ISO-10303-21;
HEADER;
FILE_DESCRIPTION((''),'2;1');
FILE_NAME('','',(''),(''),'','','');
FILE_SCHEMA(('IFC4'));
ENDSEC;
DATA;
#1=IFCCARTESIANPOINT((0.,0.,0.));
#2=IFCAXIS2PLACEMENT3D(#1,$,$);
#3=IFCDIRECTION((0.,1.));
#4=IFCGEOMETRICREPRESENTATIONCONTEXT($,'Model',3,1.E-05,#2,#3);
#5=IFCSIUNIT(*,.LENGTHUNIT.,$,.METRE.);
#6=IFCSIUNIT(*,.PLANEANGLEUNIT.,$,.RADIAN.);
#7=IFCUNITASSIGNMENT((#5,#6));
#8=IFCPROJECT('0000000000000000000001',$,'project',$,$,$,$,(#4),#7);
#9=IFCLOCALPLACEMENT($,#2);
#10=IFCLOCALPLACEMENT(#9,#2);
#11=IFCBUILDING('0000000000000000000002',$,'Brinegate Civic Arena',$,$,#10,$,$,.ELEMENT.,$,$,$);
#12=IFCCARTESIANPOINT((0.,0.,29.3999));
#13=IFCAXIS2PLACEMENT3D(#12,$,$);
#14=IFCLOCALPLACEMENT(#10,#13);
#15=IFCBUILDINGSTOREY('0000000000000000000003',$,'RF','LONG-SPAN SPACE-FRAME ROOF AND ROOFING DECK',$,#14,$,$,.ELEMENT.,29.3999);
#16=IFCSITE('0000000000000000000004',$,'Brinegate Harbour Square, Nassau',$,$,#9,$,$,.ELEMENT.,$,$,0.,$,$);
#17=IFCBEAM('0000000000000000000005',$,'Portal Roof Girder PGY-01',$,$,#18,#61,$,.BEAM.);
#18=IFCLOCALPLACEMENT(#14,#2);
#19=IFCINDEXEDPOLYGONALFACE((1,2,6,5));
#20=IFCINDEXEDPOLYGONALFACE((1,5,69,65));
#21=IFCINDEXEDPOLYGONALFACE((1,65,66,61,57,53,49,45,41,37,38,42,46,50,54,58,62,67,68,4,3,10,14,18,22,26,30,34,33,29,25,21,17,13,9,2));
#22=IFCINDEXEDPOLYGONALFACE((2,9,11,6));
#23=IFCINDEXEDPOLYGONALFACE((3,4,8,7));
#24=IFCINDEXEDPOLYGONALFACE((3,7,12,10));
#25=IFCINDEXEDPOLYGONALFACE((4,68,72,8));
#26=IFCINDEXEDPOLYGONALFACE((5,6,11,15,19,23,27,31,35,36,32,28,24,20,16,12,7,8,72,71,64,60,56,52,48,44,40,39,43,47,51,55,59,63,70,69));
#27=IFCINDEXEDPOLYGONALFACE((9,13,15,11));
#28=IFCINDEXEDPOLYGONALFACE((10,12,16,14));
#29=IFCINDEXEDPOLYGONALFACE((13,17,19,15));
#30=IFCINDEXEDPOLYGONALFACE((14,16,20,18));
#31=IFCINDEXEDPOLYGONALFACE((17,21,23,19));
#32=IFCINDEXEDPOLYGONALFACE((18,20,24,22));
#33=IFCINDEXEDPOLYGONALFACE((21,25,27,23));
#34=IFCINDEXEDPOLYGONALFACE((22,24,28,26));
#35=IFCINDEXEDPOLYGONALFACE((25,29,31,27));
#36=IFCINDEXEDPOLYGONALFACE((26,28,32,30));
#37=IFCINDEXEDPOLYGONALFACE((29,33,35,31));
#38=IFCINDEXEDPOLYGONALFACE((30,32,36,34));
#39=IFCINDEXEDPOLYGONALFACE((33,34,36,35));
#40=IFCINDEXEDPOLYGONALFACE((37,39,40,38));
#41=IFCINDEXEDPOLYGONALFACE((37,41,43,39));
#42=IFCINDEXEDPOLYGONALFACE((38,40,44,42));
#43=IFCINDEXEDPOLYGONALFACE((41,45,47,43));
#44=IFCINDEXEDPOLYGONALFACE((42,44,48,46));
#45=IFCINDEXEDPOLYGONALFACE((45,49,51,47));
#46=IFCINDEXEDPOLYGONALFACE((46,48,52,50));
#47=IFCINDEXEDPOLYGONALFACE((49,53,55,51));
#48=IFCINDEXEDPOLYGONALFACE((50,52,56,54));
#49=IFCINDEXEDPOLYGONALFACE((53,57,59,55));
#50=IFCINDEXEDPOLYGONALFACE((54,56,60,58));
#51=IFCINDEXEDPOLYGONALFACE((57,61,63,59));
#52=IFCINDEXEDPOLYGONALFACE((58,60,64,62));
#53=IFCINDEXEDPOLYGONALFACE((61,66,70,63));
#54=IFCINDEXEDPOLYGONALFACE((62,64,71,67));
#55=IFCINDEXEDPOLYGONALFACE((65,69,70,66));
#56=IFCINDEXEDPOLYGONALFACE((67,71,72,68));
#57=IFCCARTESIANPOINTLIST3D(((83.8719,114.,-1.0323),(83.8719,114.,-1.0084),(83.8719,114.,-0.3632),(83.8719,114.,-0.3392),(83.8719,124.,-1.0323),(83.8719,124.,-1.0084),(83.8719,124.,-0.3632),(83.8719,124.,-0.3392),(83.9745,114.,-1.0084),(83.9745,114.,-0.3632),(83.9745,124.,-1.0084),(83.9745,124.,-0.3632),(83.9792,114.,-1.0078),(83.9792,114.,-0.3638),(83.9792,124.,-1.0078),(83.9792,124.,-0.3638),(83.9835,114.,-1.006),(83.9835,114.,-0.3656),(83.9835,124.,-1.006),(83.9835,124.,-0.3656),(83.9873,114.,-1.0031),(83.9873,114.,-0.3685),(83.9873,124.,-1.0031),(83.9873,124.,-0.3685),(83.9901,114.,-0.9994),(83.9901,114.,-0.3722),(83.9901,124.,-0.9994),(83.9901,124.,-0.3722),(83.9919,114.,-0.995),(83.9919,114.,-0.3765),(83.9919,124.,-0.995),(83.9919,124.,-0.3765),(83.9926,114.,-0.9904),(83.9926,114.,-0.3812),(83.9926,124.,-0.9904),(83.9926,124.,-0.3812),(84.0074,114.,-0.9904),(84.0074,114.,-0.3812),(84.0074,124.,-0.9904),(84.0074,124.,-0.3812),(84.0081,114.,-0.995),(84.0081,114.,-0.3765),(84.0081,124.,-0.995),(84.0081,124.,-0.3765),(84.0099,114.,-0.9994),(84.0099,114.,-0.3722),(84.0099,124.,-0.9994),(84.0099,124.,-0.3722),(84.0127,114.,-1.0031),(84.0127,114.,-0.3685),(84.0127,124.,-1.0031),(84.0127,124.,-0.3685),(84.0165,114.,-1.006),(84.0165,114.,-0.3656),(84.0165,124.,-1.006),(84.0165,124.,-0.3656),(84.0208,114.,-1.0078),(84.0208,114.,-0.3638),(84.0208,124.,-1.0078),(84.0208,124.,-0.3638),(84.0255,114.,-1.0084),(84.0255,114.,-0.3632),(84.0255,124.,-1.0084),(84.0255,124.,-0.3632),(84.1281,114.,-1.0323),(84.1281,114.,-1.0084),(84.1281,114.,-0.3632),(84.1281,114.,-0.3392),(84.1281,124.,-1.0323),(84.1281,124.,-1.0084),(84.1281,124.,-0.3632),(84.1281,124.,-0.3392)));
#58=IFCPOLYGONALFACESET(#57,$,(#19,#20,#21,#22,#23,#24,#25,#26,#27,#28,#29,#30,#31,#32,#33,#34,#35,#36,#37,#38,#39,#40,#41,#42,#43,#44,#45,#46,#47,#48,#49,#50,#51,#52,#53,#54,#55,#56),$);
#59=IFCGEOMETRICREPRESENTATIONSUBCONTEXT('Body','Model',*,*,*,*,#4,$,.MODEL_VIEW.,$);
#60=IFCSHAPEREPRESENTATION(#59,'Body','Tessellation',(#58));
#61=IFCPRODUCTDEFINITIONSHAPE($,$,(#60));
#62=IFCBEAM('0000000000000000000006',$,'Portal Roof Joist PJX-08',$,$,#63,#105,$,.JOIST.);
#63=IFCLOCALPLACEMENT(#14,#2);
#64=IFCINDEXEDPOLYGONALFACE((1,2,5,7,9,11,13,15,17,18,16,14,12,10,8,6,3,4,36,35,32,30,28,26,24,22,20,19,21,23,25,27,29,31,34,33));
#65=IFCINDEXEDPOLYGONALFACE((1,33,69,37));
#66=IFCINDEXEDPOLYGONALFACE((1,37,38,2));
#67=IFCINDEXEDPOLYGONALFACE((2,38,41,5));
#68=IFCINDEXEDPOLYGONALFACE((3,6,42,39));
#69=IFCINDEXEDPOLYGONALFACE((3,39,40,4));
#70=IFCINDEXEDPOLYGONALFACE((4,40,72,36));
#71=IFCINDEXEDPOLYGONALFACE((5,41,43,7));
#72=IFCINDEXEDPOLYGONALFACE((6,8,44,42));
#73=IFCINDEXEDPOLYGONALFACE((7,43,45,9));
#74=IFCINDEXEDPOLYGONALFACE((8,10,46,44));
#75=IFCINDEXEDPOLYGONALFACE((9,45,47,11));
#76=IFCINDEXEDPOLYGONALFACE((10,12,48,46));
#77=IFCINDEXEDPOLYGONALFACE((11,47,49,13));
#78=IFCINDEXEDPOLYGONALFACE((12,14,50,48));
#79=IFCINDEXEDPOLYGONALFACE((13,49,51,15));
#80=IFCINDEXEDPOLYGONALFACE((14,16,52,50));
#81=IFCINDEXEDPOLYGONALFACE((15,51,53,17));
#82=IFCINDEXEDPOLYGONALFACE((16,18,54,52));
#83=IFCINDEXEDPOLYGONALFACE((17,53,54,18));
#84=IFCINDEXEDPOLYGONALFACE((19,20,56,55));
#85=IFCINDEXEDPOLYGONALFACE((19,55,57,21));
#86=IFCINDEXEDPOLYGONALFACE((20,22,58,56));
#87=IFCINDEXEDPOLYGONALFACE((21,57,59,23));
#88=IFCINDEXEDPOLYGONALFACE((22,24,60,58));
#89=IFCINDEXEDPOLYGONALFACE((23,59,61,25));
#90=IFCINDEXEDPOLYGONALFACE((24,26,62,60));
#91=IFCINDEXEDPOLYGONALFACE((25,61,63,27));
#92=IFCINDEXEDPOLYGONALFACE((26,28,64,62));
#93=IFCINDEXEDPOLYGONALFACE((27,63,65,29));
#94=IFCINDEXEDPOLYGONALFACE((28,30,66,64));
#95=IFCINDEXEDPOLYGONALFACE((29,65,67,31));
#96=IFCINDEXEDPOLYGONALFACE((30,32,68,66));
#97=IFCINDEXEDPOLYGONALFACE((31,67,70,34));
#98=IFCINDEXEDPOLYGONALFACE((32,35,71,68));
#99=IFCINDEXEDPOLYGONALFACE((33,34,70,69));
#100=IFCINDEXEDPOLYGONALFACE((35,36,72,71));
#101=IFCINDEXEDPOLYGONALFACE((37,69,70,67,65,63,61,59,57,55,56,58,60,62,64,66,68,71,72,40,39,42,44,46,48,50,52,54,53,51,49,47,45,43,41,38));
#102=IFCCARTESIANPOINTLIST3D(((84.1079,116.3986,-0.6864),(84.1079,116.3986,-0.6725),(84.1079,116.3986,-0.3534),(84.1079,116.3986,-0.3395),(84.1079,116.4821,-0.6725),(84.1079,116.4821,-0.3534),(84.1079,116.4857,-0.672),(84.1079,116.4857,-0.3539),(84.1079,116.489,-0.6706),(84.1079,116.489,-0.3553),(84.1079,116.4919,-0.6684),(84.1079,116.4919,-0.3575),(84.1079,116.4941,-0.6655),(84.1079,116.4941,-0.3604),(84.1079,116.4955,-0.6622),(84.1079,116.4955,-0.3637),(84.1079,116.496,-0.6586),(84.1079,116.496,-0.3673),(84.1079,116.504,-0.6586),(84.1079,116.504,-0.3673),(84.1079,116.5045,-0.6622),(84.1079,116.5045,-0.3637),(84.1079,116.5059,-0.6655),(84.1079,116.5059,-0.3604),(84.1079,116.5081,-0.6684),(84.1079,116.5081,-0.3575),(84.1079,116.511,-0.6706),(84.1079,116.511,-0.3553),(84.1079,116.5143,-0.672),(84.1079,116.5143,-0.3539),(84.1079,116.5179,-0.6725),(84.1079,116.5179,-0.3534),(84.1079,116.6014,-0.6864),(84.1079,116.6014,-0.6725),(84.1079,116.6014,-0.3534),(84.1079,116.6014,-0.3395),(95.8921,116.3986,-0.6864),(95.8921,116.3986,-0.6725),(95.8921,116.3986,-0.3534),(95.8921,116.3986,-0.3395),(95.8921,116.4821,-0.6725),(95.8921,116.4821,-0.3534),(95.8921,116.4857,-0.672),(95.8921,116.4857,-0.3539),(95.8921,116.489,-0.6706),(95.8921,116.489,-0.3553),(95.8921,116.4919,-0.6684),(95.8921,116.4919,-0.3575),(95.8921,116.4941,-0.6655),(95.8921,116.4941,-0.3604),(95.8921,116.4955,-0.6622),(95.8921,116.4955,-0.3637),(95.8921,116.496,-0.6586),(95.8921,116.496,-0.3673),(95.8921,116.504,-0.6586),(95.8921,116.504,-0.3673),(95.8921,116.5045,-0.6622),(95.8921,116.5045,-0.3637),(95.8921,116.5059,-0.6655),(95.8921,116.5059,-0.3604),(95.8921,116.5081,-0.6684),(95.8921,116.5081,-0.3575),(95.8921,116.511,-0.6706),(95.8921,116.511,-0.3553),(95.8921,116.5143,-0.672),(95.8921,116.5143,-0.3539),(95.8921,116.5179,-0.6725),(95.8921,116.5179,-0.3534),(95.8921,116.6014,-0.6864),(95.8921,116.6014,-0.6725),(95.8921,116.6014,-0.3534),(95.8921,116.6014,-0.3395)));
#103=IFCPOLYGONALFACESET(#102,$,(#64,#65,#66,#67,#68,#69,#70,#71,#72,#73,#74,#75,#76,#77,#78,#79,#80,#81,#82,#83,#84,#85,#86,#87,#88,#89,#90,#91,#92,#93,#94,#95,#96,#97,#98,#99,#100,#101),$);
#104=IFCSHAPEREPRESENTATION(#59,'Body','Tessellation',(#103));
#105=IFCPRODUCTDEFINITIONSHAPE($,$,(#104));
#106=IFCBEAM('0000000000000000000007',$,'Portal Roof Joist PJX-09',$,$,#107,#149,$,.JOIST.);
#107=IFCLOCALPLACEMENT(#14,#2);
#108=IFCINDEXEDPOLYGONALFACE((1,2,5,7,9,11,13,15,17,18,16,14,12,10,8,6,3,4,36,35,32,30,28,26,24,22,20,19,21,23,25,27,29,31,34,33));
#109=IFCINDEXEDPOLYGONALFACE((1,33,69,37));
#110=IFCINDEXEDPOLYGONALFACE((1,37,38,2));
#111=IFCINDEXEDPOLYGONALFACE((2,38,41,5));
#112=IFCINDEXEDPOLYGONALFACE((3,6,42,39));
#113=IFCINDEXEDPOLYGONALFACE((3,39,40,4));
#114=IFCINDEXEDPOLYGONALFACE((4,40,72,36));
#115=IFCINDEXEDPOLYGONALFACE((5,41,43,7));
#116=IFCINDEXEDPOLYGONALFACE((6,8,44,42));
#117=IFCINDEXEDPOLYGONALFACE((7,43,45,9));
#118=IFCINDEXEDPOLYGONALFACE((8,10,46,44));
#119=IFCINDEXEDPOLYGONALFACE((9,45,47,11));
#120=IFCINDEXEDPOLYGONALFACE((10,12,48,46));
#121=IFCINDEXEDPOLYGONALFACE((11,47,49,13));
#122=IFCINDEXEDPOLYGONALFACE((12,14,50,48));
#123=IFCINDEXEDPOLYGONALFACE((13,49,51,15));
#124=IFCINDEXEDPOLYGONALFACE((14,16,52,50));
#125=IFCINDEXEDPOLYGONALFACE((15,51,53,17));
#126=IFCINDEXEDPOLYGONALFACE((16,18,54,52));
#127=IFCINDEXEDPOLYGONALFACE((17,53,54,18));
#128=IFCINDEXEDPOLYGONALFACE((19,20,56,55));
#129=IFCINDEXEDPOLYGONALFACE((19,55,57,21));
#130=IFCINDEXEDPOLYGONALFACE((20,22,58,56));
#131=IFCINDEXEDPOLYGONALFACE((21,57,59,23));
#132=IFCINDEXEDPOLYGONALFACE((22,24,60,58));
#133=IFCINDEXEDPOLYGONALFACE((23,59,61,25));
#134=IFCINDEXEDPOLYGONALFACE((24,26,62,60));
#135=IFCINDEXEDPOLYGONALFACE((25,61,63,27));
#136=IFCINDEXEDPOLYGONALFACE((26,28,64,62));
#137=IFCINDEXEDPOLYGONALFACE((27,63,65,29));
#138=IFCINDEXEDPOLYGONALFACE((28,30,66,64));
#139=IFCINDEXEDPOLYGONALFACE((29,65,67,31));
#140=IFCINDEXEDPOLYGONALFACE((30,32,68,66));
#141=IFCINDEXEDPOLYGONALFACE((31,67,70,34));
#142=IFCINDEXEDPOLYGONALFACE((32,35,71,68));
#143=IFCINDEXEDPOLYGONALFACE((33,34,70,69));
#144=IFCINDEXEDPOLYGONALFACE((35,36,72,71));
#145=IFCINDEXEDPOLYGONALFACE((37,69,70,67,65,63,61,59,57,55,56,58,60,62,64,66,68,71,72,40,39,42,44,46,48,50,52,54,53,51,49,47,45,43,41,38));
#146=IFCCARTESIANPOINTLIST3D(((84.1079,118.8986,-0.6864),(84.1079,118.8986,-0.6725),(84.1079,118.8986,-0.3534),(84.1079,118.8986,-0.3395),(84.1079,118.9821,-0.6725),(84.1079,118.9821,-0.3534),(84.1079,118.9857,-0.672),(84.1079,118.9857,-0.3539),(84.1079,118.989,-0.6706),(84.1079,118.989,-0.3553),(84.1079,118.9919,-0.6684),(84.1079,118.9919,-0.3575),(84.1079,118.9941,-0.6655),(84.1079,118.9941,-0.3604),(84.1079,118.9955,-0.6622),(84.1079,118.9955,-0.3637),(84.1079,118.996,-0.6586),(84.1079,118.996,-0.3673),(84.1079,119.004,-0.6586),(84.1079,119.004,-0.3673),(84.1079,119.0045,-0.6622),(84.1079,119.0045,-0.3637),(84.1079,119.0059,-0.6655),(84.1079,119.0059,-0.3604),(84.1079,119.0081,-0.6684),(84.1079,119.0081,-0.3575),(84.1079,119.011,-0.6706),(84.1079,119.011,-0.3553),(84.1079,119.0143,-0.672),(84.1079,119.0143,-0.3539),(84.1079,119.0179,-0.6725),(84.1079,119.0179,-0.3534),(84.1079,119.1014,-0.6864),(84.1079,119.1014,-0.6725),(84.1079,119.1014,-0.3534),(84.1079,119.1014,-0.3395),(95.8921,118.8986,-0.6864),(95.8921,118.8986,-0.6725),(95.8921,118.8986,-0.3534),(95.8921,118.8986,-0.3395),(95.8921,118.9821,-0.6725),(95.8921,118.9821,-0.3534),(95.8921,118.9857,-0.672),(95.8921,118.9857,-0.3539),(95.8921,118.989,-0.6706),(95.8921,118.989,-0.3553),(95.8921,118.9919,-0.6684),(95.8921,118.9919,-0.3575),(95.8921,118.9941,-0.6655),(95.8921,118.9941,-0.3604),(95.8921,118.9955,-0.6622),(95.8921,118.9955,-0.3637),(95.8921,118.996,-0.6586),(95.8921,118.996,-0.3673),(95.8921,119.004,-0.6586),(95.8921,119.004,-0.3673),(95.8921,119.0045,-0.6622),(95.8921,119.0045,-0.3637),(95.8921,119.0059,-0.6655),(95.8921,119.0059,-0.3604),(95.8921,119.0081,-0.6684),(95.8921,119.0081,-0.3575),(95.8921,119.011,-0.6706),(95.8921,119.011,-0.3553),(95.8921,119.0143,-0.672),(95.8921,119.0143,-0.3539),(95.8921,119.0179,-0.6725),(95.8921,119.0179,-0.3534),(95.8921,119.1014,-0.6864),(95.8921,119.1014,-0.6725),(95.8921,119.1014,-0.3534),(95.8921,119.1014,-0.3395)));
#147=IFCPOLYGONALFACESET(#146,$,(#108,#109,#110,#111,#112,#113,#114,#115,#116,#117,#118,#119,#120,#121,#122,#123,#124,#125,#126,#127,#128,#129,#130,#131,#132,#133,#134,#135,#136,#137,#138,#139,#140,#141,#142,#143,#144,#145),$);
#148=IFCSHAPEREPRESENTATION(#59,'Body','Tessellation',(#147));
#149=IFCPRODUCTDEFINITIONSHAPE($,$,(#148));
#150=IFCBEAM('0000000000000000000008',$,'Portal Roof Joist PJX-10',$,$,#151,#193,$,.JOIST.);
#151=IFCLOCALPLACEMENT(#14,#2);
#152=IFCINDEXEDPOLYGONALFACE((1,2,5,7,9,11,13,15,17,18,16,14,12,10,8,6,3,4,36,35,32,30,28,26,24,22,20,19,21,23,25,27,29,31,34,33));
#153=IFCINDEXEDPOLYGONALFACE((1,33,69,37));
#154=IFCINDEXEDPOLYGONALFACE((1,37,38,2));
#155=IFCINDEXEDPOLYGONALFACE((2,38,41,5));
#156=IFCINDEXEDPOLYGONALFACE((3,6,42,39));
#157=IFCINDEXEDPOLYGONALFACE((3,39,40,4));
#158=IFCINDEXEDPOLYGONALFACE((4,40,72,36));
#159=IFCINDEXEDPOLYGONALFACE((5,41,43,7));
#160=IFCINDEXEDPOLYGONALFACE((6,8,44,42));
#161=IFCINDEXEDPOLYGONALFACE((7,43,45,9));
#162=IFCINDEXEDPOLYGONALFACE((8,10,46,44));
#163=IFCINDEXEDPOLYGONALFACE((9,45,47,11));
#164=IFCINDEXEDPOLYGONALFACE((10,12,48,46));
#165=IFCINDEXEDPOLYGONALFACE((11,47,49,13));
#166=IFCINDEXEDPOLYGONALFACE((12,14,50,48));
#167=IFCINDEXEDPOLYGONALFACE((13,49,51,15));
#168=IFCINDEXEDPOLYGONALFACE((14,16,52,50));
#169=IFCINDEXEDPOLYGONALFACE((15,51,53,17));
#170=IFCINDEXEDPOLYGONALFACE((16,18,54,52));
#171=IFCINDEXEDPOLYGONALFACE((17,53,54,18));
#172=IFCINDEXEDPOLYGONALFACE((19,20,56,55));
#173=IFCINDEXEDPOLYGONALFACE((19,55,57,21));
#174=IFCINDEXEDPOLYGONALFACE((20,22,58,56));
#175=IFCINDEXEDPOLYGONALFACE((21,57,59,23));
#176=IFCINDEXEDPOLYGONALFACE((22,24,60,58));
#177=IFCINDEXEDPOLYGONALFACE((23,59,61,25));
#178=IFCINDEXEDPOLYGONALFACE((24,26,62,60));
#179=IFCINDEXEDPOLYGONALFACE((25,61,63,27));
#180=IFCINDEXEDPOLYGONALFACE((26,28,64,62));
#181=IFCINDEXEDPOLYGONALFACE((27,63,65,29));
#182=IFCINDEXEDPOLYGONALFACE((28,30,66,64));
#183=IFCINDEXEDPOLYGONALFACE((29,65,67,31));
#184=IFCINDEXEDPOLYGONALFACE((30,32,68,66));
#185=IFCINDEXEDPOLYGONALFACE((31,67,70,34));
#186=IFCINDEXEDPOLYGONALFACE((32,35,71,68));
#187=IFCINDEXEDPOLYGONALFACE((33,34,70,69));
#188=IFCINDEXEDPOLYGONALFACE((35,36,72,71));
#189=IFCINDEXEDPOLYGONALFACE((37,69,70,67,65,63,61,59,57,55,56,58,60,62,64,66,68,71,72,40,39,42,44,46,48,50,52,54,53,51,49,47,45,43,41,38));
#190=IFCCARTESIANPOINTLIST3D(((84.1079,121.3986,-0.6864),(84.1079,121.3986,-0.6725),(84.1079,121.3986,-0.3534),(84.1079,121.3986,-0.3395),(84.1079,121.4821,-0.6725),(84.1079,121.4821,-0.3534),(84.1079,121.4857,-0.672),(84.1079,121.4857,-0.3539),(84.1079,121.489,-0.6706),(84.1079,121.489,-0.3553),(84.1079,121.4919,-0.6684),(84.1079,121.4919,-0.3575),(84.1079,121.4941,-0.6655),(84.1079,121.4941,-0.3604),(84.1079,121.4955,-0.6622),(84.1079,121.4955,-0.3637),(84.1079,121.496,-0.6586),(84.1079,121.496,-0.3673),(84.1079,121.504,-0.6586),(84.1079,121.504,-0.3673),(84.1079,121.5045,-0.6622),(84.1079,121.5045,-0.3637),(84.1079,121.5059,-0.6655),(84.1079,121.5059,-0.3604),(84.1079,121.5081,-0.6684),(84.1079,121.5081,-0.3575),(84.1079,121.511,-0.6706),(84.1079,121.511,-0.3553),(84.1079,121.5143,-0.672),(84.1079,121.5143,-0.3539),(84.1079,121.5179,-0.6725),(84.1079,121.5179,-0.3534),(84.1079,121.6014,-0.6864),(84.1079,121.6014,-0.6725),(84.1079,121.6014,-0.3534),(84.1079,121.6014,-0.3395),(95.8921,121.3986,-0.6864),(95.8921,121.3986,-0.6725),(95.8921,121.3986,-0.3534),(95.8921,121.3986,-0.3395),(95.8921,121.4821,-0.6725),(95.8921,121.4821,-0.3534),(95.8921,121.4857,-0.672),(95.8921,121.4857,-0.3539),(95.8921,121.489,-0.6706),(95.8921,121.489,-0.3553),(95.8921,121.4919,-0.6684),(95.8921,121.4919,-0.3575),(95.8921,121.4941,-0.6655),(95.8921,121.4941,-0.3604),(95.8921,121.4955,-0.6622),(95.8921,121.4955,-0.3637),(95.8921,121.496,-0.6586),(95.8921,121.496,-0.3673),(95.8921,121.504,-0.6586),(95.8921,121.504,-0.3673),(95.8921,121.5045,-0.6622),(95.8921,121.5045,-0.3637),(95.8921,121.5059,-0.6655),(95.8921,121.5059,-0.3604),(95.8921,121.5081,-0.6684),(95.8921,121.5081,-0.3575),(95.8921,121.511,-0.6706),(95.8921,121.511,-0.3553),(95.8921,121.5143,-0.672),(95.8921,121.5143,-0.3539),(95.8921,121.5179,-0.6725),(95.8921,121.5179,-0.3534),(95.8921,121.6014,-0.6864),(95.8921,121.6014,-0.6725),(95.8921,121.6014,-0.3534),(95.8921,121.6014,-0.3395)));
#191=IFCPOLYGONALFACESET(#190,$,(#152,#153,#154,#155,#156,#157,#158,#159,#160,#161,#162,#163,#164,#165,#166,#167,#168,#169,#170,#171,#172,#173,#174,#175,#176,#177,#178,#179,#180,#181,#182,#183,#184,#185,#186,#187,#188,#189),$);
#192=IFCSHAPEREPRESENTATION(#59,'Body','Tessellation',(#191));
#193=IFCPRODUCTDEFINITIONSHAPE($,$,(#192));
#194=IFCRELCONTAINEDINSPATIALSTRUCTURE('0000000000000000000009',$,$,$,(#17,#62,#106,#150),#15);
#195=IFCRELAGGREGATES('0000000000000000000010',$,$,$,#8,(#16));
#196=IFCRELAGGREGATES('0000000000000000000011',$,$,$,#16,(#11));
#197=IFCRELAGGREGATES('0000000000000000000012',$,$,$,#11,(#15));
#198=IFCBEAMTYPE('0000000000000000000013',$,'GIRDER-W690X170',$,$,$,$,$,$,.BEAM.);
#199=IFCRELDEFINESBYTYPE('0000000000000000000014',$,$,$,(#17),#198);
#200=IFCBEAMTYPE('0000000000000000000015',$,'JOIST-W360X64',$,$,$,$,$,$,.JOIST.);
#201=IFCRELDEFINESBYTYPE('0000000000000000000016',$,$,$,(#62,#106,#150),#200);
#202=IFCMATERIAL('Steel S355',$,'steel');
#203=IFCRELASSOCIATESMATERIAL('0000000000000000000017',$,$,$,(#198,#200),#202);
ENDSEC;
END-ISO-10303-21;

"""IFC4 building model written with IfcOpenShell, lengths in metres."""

from ifc_helpers import new_model, si_unit, direction, frame, origin, origin_2d, place, context, subcontext, project, spatial, i_section, extrude, material, material_profile, profile_set, type_object, element, save


model = new_model("IFC4")

# Units and contexts
model_context = context("Model", 3, precision=1e-05, world=origin(), true_north=direction((0.0, 1.0)))
body_context = subcontext(model_context, "Body", "Model", "MODEL_VIEW")
ifc_project = project(units=[si_unit("LENGTHUNIT", "METRE"), si_unit("PLANEANGLEUNIT", "RADIAN")], contexts=[model_context])

# Site, building, storey
site_placement = place(None, origin())
site = spatial("IfcSite", under=ifc_project, at=site_placement, Name="Brinegate Harbour Square, Nassau", CompositionType="ELEMENT", RefElevation=0.0)
building_placement = place(site_placement, origin())
building = spatial("IfcBuilding", under=site, at=building_placement, Name="Brinegate Civic Arena", CompositionType="ELEMENT")
storey_placement = place(building_placement, frame((0.0, 0.0, 29.3999)))
storey = spatial("IfcBuildingStorey", under=building, at=storey_placement, Name="RF", Description="LONG-SPAN SPACE-FRAME ROOF AND ROOFING DECK", CompositionType="ELEMENT", Elevation=29.3999)

# Beams
ifc_material_1 = material(Name="Steel S355", Category="steel")
ifc_material_profile_1 = material_profile(ifc_material_1, i_section(OverallWidth=0.2561, OverallDepth=0.6931, WebThickness=0.0149, FlangeThickness=0.0239, FilletRadius=0.0181, at=origin_2d()), Name="W690X170")
ifc_profile_set_1 = profile_set([ifc_material_profile_1], Name="Steel S355")
beam_type_1 = type_object("IfcBeamType", Name="GIRDER-W690X170", PredefinedType="BEAM", material=ifc_profile_set_1)
beam_1_placement = place(storey_placement, frame((84.0, 114.0, -0.6858), z_axis=(0.0, 1.0, 0.0), x_axis=(-1.0, 0.0, 0.0)))
element("IfcBeam", 1, at=beam_1_placement, inside=storey, type_object=beam_type_1, Name="Portal Roof Girder PGY-01", PredefinedType="BEAM", context=body_context, shape_type="SweptSolid", body=[
    extrude(i_section(OverallWidth=0.2561, OverallDepth=0.6931, WebThickness=0.0149, FlangeThickness=0.0239, FilletRadius=0.0181, at=origin_2d()), origin(), (0.0, 0.0, 1.0), 10.0),
])
ifc_material_profile_2 = material_profile(ifc_material_1, i_section(OverallWidth=0.2029, OverallDepth=0.3469, WebThickness=0.0081, FlangeThickness=0.0139, FilletRadius=0.0139, at=origin_2d()), Name="W360X64")
ifc_profile_set_2 = profile_set([ifc_material_profile_2], Name="Steel S355")
beam_type_2 = type_object("IfcBeamType", Name="JOIST-W360X64", PredefinedType="JOIST", material=ifc_profile_set_2)
for number, where, z_axis, x_axis, name in (
    (2, (84.1079, 116.5, -0.5129), (1.0, 0.0, 0.0), (0.0, 1.0, 0.0), "Portal Roof Joist PJX-08"),
    (3, (84.1079, 119.0, -0.5129), (1.0, 0.0, 0.0), (0.0, 1.0, 0.0), "Portal Roof Joist PJX-09"),
    (4, (84.1079, 121.5, -0.5129), (1.0, 0.0, 0.0), (0.0, 1.0, 0.0), "Portal Roof Joist PJX-10"),
):
    element("IfcBeam", number, at=place(storey_placement, frame(where, z_axis=z_axis, x_axis=x_axis)), inside=storey, type_object=beam_type_2, Name=name, PredefinedType="JOIST", context=body_context, shape_type="SweptSolid", body=[
        extrude(i_section(OverallWidth=0.2029, OverallDepth=0.3469, WebThickness=0.0081, FlangeThickness=0.0139, FilletRadius=0.0139, at=origin_2d()), origin(), (0.0, 0.0, 1.0), 11.7842),
    ])

save(model, "model.ifc")
